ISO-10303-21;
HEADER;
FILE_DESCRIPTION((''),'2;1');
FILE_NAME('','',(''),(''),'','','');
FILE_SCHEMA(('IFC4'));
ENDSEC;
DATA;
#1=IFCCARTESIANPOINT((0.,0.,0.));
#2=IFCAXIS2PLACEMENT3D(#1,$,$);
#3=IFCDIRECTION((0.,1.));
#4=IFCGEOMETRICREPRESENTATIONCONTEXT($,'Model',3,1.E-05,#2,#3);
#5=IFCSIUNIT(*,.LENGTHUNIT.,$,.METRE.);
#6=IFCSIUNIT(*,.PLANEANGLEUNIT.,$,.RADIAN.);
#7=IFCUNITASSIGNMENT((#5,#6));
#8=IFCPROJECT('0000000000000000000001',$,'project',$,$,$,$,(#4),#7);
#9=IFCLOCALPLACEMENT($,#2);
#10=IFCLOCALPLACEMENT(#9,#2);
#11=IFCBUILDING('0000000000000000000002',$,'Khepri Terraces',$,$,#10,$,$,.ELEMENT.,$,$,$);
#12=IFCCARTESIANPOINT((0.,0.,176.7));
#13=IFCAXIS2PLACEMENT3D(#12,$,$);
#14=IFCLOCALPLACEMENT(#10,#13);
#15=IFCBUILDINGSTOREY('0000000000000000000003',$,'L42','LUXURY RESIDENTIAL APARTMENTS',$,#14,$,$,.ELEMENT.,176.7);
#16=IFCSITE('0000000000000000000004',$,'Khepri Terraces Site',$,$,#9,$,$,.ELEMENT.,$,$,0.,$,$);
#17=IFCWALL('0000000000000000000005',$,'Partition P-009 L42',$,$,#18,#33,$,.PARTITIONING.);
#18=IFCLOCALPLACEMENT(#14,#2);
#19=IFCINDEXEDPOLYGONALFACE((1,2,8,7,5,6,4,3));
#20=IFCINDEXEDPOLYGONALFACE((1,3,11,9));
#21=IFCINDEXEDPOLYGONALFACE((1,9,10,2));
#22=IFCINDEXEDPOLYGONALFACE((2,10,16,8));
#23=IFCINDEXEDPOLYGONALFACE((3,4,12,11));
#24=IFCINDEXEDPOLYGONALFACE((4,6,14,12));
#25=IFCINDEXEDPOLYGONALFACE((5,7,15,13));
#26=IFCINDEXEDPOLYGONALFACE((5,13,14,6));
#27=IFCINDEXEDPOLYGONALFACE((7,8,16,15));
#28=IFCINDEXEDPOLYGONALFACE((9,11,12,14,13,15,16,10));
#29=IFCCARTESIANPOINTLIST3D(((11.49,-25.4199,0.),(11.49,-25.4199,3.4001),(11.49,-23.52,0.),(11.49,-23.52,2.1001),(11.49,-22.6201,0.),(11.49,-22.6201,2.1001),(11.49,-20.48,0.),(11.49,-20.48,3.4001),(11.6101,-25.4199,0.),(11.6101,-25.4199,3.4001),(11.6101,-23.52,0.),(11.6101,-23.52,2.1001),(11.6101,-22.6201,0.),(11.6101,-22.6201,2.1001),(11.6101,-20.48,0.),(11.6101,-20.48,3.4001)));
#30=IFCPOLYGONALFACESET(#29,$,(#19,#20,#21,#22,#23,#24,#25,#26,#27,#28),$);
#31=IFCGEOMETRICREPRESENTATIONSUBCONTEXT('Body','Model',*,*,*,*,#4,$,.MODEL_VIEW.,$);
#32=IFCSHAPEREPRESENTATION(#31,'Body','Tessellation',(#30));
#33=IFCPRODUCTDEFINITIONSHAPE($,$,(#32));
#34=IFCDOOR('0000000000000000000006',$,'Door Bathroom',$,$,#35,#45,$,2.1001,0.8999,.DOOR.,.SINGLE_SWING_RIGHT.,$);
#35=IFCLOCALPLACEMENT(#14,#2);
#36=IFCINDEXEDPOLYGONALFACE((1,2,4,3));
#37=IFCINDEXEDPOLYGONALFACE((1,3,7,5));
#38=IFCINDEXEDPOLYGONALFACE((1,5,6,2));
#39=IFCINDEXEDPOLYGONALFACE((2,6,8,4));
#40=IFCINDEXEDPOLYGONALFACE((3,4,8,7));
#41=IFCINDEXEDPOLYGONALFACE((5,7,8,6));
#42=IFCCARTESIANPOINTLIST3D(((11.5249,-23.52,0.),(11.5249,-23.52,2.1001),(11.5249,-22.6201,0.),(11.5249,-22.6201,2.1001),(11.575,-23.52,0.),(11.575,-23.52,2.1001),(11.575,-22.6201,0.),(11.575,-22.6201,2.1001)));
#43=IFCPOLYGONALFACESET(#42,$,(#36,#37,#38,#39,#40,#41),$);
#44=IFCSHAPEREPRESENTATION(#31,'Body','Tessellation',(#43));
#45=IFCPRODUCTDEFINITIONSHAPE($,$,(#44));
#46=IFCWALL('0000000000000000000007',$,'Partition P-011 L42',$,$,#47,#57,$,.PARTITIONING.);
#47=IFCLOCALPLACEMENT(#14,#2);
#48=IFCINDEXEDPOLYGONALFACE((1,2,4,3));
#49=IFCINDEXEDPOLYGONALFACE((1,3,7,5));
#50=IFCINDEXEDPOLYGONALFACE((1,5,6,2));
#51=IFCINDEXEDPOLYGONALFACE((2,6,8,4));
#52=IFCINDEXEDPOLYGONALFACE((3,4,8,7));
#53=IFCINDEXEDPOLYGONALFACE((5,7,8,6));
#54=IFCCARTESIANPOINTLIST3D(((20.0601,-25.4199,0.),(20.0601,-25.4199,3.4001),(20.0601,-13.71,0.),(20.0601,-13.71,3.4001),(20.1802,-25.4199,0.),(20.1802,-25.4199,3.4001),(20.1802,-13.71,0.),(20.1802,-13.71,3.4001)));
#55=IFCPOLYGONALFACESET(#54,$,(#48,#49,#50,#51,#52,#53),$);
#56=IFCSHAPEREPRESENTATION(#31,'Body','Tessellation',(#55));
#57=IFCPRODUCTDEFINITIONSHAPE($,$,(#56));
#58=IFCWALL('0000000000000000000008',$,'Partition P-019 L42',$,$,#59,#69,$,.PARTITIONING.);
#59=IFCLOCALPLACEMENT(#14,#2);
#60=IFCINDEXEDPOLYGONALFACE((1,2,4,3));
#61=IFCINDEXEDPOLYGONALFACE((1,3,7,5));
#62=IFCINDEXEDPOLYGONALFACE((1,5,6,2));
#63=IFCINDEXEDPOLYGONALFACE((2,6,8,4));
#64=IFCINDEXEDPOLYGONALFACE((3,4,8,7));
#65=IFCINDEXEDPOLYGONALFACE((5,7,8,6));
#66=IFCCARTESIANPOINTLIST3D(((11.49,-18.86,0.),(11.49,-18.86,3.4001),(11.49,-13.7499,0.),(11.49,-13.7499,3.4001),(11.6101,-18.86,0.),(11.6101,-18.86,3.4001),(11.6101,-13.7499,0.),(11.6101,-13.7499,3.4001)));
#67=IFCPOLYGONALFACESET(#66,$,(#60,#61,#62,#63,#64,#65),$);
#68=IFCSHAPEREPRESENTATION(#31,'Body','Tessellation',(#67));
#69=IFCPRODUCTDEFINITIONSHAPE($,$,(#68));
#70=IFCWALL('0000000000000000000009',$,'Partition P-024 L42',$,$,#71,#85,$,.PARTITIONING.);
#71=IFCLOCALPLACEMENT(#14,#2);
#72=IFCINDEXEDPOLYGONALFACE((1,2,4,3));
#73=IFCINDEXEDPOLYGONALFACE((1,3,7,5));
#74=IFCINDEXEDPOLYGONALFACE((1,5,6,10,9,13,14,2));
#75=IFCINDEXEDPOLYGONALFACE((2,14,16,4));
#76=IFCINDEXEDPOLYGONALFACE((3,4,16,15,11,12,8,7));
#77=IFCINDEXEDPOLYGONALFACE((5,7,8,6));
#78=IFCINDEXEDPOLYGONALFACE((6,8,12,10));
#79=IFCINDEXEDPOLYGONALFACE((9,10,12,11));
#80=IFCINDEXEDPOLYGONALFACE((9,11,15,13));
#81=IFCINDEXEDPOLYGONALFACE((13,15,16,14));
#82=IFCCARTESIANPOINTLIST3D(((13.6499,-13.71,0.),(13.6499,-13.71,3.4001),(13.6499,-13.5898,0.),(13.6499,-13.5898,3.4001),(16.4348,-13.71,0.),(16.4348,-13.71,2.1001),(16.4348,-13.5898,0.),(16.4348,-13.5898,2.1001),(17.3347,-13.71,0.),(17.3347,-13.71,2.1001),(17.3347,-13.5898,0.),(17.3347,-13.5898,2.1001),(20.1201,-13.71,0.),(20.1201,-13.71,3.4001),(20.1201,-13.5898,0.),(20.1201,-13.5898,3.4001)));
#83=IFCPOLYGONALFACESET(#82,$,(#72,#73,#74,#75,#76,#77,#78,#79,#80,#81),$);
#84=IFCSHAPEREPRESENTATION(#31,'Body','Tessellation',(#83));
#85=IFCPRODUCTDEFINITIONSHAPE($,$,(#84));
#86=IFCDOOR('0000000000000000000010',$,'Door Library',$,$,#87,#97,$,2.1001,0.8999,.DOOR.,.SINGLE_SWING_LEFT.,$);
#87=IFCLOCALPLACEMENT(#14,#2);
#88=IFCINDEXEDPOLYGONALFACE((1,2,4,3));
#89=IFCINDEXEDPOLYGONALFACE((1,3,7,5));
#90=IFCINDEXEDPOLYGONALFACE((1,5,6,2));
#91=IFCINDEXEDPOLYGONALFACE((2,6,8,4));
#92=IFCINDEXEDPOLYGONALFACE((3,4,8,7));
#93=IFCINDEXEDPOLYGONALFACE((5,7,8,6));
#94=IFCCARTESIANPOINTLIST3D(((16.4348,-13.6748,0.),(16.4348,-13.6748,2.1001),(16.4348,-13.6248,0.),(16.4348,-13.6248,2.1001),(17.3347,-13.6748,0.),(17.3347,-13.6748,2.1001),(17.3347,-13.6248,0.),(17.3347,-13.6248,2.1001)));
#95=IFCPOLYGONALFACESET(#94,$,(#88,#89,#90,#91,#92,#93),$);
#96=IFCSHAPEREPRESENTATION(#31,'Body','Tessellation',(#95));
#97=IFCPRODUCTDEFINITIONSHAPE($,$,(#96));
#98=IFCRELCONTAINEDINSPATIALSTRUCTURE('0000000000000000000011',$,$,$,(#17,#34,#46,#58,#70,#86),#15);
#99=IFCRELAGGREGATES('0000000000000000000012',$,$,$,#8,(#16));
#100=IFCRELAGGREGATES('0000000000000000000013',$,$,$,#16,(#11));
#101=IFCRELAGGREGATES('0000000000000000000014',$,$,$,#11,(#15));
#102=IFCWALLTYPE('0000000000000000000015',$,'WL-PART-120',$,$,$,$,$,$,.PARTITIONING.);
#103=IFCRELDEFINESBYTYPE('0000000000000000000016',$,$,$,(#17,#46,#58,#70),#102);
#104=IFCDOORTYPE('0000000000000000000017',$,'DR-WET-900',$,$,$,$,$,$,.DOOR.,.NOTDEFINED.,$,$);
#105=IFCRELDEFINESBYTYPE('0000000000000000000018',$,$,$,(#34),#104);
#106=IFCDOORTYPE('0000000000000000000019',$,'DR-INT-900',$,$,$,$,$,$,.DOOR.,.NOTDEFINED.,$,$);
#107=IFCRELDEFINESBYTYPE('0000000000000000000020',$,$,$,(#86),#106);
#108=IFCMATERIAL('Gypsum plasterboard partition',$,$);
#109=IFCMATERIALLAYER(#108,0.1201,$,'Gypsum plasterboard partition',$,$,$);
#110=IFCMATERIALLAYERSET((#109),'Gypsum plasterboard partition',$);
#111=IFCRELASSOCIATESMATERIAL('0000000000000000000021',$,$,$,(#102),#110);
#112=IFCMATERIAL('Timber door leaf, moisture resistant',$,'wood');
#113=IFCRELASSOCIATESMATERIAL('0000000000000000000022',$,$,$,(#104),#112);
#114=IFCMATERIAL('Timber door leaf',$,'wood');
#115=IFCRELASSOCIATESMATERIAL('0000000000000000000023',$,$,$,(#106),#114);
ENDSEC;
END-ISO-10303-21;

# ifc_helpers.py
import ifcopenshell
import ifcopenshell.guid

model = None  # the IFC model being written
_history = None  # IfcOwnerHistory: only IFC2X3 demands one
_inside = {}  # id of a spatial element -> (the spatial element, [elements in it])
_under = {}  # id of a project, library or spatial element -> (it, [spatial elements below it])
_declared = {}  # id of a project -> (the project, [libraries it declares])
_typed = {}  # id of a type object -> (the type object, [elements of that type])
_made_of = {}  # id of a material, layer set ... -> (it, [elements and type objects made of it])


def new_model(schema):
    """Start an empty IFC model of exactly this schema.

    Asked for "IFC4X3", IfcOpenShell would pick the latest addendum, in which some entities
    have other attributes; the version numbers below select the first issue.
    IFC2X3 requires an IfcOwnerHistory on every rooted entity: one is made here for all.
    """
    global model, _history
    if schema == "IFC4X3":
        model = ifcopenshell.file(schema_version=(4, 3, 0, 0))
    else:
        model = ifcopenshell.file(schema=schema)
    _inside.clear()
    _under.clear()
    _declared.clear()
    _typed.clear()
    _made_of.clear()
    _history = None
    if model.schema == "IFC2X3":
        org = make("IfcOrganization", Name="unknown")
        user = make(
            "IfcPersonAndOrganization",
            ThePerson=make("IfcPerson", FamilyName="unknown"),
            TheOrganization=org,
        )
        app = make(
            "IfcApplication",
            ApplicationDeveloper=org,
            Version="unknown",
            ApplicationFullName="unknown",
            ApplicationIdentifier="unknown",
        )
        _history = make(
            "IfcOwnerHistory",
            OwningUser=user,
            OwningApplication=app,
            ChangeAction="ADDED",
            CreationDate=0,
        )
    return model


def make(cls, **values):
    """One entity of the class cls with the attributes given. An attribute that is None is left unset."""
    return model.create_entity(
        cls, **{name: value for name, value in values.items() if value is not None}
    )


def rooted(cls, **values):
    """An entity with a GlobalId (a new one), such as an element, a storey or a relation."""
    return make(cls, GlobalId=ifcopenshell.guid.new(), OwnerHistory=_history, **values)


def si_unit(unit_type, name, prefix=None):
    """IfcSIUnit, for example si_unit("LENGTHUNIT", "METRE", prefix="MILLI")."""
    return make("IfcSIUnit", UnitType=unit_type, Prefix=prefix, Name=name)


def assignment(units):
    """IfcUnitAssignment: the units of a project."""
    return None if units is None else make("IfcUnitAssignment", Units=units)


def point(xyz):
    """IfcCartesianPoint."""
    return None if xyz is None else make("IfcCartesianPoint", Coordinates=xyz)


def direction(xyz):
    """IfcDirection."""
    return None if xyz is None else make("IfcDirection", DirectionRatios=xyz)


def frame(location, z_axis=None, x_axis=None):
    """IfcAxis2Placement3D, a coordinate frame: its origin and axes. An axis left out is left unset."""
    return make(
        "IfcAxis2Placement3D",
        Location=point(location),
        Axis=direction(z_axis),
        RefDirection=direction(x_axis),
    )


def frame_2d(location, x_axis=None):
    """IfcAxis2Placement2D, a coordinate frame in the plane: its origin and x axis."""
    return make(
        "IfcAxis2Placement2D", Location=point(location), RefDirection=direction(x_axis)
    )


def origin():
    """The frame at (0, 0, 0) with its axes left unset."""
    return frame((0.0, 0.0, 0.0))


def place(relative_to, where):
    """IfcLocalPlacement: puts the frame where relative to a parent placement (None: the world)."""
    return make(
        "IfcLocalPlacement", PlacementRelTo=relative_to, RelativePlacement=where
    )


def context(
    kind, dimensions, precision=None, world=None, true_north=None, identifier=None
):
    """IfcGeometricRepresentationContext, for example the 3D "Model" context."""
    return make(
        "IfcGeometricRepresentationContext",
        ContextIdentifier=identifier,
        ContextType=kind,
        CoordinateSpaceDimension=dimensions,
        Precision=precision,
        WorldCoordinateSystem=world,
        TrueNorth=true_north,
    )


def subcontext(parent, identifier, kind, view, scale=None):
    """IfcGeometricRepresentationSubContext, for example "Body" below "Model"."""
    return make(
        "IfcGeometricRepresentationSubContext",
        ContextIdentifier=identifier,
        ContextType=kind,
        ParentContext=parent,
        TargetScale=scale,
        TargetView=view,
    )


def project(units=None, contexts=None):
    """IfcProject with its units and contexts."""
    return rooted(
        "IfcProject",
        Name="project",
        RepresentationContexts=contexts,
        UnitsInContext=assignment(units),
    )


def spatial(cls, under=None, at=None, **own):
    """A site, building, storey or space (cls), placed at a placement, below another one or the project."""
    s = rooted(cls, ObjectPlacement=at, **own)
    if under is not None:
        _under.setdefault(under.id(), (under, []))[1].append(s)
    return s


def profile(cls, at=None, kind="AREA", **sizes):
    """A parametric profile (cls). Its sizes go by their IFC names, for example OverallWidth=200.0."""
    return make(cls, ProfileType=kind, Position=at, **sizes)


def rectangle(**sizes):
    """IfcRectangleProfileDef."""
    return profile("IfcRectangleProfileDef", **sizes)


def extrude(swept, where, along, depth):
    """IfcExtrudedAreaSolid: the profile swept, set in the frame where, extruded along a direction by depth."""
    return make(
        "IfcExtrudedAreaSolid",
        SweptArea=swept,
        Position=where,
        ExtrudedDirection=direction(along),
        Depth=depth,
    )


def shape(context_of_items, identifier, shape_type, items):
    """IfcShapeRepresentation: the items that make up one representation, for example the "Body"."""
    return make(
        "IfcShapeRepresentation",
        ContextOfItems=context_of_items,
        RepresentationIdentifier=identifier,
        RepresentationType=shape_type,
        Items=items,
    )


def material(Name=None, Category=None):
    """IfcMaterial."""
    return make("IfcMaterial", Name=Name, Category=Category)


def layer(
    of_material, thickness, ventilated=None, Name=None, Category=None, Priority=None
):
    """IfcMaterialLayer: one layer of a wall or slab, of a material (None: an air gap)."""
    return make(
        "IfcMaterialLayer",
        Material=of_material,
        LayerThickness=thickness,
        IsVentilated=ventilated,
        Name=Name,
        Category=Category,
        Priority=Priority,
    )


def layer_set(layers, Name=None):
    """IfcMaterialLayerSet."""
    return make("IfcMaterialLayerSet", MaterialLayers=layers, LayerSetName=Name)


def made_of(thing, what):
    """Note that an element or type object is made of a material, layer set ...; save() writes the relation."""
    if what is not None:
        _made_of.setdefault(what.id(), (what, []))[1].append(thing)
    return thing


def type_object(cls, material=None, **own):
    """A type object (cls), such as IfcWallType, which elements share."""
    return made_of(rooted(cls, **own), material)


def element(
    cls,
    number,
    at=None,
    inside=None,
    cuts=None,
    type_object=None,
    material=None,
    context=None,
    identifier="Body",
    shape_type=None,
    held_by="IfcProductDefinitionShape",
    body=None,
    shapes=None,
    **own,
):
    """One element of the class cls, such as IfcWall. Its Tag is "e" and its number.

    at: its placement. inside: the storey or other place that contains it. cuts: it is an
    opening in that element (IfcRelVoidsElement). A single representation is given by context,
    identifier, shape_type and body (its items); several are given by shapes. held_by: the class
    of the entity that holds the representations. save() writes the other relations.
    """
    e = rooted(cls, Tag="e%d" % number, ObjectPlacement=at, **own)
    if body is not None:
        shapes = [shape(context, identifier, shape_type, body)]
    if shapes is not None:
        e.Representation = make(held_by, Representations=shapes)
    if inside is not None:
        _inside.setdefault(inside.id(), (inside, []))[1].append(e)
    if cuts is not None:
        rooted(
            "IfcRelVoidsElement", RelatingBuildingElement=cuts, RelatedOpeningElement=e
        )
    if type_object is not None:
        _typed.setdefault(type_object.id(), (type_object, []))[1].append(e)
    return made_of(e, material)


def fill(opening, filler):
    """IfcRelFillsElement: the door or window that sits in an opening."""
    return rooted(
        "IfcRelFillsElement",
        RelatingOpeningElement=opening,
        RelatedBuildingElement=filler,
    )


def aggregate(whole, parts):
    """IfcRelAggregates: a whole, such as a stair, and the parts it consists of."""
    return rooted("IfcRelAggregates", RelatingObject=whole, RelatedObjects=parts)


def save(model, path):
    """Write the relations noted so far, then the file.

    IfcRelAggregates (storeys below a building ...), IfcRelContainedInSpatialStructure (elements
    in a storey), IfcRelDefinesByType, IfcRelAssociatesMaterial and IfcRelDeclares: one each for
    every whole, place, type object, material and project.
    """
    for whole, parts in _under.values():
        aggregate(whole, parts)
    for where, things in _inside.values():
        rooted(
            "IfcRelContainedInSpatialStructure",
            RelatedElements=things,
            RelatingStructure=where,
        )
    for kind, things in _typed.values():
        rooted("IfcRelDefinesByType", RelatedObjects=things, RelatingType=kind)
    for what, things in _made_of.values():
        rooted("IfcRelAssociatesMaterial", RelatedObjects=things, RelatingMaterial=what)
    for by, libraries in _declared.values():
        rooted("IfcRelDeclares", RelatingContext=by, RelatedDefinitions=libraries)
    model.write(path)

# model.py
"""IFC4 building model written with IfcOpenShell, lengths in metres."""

from ifc_helpers import new_model, si_unit, direction, frame, frame_2d, origin, place, context, subcontext, project, spatial, rectangle, extrude, material, layer, layer_set, type_object, element, fill, save


model = new_model("IFC4")

# Units and contexts
model_context = context("Model", 3, precision=1e-05, world=origin(), true_north=direction((0.0, 1.0)))
body_context = subcontext(model_context, "Body", "Model", "MODEL_VIEW")
ifc_project = project(units=[si_unit("LENGTHUNIT", "METRE"), si_unit("PLANEANGLEUNIT", "RADIAN")], contexts=[model_context])

# Site, building, storey
site_placement = place(None, origin())
site = spatial("IfcSite", under=ifc_project, at=site_placement, Name="Khepri Terraces Site", CompositionType="ELEMENT", RefElevation=0.0)
building_placement = place(site_placement, origin())
building = spatial("IfcBuilding", under=site, at=building_placement, Name="Khepri Terraces", CompositionType="ELEMENT")
storey_placement = place(building_placement, frame((0.0, 0.0, 176.7)))
storey = spatial("IfcBuildingStorey", under=building, at=storey_placement, Name="L42", Description="LUXURY RESIDENTIAL APARTMENTS", CompositionType="ELEMENT", Elevation=176.7)

# Wall, opening, door
ifc_material_1 = material(Name="Gypsum plasterboard partition")
ifc_layer_1 = layer(ifc_material_1, 0.1201, Name="Gypsum plasterboard partition")
ifc_layer_set_1 = layer_set([ifc_layer_1], Name="Gypsum plasterboard partition")
wall_type_1 = type_object("IfcWallType", Name="WL-PART-120", PredefinedType="PARTITIONING", material=ifc_layer_set_1)
wall_1_placement = place(storey_placement, frame((11.55, -25.4199, 0.0), z_axis=(0.0, 0.0, 1.0), x_axis=(0.0, 1.0, 0.0)))
wall_1 = element("IfcWall", 1, at=wall_1_placement, inside=storey, type_object=wall_type_1, Name="Partition P-009 L42", PredefinedType="PARTITIONING", context=body_context, shape_type="SweptSolid", body=[
    extrude(rectangle(XDim=4.9399, YDim=0.1201, at=frame_2d((2.47, 0.0))), origin(), (0.0, 0.0, 1.0), 3.4001),
])
opening_1_placement = place(wall_1_placement, frame((1.8999, 0.0, 0.0)))
opening_1 = element("IfcOpeningElement", 2, at=opening_1_placement, cuts=wall_1, PredefinedType="OPENING", context=body_context, shape_type="SweptSolid", body=[
    extrude(rectangle(XDim=0.8999, YDim=2.1001, at=frame_2d((0.45, 1.05))), frame((0.0, 0.0701, 0.0), z_axis=(0.0, -1.0, 0.0), x_axis=(1.0, 0.0, 0.0)), (0.0, 0.0, 1.0), 0.1401),
])
ifc_material_2 = material(Name="Timber door leaf, moisture resistant", Category="wood")
door_type_1 = type_object("IfcDoorType", Name="DR-WET-900", OperationType="NOTDEFINED", PredefinedType="DOOR", material=ifc_material_2)
door_1_placement = place(opening_1_placement, frame((0.8999, 0.0, 0.0), z_axis=(0.0, 0.0, 1.0), x_axis=(-1.0, 0.0, 0.0)))
door_1 = element("IfcDoor", 3, at=door_1_placement, inside=storey, type_object=door_type_1, Name="Door Bathroom", OperationType="SINGLE_SWING_RIGHT", OverallHeight=2.1001, OverallWidth=0.8999, PredefinedType="DOOR", context=body_context, shape_type="SweptSolid", body=[
    extrude(rectangle(XDim=0.8999, YDim=2.1001, at=frame_2d((0.45, 1.05))), frame((0.0, 0.0249, 0.0), z_axis=(0.0, -1.0, 0.0), x_axis=(1.0, 0.0, 0.0)), (0.0, 0.0, 1.0), 0.05),
])
fill(opening_1, door_1)

# Walls
wall_2_placement = place(storey_placement, frame((20.1201, -25.4199, 0.0), z_axis=(0.0, 0.0, 1.0), x_axis=(0.0, 1.0, 0.0)))
element("IfcWall", 4, at=wall_2_placement, inside=storey, type_object=wall_type_1, Name="Partition P-011 L42", PredefinedType="PARTITIONING", context=body_context, shape_type="SweptSolid", body=[
    extrude(rectangle(XDim=11.71, YDim=0.1201, at=frame_2d((5.855, 0.0))), origin(), (0.0, 0.0, 1.0), 3.4001),
])
wall_3_placement = place(storey_placement, frame((11.55, -18.8601, 0.0), z_axis=(0.0, 0.0, 1.0), x_axis=(0.0, 1.0, 0.0)))
element("IfcWall", 5, at=wall_3_placement, inside=storey, type_object=wall_type_1, Name="Partition P-019 L42", PredefinedType="PARTITIONING", context=body_context, shape_type="SweptSolid", body=[
    extrude(rectangle(XDim=5.1101, YDim=0.1201, at=frame_2d((2.5552, 0.0))), origin(), (0.0, 0.0, 1.0), 3.4001),
])

# Wall, opening, door
wall_4_placement = place(storey_placement, frame((13.6499, -13.6499, 0.0), z_axis=(0.0, 0.0, 1.0), x_axis=(1.0, 0.0, 0.0)))
wall_4 = element("IfcWall", 6, at=wall_4_placement, inside=storey, type_object=wall_type_1, Name="Partition P-024 L42", PredefinedType="PARTITIONING", context=body_context, shape_type="SweptSolid", body=[
    extrude(rectangle(XDim=6.4702, YDim=0.1201, at=frame_2d((3.2351, 0.0))), origin(), (0.0, 0.0, 1.0), 3.4001),
])
opening_2_placement = place(wall_4_placement, frame((2.7849, 0.0, 0.0)))
opening_2 = element("IfcOpeningElement", 7, at=opening_2_placement, cuts=wall_4, PredefinedType="OPENING", context=body_context, shape_type="SweptSolid", body=[
    extrude(rectangle(XDim=0.8999, YDim=2.1001, at=frame_2d((0.45, 1.05))), frame((0.0, 0.0701, 0.0), z_axis=(0.0, -1.0, 0.0), x_axis=(1.0, 0.0, 0.0)), (0.0, 0.0, 1.0), 0.1401),
])
ifc_material_3 = material(Name="Timber door leaf", Category="wood")
door_type_2 = type_object("IfcDoorType", Name="DR-INT-900", OperationType="NOTDEFINED", PredefinedType="DOOR", material=ifc_material_3)
door_2_placement = place(opening_2_placement, frame((0.8999, 0.0, 0.0), z_axis=(0.0, 0.0, 1.0), x_axis=(-1.0, 0.0, 0.0)))
door_2 = element("IfcDoor", 8, at=door_2_placement, inside=storey, type_object=door_type_2, Name="Door Library", OperationType="SINGLE_SWING_LEFT", OverallHeight=2.1001, OverallWidth=0.8999, PredefinedType="DOOR", context=body_context, shape_type="SweptSolid", body=[
    extrude(rectangle(XDim=0.8999, YDim=2.1001, at=frame_2d((0.45, 1.05))), frame((0.0, 0.0249, 0.0), z_axis=(0.0, -1.0, 0.0), x_axis=(1.0, 0.0, 0.0)), (0.0, 0.0, 1.0), 0.05),
])
fill(opening_2, door_2)

save(model, "model.ifc")
